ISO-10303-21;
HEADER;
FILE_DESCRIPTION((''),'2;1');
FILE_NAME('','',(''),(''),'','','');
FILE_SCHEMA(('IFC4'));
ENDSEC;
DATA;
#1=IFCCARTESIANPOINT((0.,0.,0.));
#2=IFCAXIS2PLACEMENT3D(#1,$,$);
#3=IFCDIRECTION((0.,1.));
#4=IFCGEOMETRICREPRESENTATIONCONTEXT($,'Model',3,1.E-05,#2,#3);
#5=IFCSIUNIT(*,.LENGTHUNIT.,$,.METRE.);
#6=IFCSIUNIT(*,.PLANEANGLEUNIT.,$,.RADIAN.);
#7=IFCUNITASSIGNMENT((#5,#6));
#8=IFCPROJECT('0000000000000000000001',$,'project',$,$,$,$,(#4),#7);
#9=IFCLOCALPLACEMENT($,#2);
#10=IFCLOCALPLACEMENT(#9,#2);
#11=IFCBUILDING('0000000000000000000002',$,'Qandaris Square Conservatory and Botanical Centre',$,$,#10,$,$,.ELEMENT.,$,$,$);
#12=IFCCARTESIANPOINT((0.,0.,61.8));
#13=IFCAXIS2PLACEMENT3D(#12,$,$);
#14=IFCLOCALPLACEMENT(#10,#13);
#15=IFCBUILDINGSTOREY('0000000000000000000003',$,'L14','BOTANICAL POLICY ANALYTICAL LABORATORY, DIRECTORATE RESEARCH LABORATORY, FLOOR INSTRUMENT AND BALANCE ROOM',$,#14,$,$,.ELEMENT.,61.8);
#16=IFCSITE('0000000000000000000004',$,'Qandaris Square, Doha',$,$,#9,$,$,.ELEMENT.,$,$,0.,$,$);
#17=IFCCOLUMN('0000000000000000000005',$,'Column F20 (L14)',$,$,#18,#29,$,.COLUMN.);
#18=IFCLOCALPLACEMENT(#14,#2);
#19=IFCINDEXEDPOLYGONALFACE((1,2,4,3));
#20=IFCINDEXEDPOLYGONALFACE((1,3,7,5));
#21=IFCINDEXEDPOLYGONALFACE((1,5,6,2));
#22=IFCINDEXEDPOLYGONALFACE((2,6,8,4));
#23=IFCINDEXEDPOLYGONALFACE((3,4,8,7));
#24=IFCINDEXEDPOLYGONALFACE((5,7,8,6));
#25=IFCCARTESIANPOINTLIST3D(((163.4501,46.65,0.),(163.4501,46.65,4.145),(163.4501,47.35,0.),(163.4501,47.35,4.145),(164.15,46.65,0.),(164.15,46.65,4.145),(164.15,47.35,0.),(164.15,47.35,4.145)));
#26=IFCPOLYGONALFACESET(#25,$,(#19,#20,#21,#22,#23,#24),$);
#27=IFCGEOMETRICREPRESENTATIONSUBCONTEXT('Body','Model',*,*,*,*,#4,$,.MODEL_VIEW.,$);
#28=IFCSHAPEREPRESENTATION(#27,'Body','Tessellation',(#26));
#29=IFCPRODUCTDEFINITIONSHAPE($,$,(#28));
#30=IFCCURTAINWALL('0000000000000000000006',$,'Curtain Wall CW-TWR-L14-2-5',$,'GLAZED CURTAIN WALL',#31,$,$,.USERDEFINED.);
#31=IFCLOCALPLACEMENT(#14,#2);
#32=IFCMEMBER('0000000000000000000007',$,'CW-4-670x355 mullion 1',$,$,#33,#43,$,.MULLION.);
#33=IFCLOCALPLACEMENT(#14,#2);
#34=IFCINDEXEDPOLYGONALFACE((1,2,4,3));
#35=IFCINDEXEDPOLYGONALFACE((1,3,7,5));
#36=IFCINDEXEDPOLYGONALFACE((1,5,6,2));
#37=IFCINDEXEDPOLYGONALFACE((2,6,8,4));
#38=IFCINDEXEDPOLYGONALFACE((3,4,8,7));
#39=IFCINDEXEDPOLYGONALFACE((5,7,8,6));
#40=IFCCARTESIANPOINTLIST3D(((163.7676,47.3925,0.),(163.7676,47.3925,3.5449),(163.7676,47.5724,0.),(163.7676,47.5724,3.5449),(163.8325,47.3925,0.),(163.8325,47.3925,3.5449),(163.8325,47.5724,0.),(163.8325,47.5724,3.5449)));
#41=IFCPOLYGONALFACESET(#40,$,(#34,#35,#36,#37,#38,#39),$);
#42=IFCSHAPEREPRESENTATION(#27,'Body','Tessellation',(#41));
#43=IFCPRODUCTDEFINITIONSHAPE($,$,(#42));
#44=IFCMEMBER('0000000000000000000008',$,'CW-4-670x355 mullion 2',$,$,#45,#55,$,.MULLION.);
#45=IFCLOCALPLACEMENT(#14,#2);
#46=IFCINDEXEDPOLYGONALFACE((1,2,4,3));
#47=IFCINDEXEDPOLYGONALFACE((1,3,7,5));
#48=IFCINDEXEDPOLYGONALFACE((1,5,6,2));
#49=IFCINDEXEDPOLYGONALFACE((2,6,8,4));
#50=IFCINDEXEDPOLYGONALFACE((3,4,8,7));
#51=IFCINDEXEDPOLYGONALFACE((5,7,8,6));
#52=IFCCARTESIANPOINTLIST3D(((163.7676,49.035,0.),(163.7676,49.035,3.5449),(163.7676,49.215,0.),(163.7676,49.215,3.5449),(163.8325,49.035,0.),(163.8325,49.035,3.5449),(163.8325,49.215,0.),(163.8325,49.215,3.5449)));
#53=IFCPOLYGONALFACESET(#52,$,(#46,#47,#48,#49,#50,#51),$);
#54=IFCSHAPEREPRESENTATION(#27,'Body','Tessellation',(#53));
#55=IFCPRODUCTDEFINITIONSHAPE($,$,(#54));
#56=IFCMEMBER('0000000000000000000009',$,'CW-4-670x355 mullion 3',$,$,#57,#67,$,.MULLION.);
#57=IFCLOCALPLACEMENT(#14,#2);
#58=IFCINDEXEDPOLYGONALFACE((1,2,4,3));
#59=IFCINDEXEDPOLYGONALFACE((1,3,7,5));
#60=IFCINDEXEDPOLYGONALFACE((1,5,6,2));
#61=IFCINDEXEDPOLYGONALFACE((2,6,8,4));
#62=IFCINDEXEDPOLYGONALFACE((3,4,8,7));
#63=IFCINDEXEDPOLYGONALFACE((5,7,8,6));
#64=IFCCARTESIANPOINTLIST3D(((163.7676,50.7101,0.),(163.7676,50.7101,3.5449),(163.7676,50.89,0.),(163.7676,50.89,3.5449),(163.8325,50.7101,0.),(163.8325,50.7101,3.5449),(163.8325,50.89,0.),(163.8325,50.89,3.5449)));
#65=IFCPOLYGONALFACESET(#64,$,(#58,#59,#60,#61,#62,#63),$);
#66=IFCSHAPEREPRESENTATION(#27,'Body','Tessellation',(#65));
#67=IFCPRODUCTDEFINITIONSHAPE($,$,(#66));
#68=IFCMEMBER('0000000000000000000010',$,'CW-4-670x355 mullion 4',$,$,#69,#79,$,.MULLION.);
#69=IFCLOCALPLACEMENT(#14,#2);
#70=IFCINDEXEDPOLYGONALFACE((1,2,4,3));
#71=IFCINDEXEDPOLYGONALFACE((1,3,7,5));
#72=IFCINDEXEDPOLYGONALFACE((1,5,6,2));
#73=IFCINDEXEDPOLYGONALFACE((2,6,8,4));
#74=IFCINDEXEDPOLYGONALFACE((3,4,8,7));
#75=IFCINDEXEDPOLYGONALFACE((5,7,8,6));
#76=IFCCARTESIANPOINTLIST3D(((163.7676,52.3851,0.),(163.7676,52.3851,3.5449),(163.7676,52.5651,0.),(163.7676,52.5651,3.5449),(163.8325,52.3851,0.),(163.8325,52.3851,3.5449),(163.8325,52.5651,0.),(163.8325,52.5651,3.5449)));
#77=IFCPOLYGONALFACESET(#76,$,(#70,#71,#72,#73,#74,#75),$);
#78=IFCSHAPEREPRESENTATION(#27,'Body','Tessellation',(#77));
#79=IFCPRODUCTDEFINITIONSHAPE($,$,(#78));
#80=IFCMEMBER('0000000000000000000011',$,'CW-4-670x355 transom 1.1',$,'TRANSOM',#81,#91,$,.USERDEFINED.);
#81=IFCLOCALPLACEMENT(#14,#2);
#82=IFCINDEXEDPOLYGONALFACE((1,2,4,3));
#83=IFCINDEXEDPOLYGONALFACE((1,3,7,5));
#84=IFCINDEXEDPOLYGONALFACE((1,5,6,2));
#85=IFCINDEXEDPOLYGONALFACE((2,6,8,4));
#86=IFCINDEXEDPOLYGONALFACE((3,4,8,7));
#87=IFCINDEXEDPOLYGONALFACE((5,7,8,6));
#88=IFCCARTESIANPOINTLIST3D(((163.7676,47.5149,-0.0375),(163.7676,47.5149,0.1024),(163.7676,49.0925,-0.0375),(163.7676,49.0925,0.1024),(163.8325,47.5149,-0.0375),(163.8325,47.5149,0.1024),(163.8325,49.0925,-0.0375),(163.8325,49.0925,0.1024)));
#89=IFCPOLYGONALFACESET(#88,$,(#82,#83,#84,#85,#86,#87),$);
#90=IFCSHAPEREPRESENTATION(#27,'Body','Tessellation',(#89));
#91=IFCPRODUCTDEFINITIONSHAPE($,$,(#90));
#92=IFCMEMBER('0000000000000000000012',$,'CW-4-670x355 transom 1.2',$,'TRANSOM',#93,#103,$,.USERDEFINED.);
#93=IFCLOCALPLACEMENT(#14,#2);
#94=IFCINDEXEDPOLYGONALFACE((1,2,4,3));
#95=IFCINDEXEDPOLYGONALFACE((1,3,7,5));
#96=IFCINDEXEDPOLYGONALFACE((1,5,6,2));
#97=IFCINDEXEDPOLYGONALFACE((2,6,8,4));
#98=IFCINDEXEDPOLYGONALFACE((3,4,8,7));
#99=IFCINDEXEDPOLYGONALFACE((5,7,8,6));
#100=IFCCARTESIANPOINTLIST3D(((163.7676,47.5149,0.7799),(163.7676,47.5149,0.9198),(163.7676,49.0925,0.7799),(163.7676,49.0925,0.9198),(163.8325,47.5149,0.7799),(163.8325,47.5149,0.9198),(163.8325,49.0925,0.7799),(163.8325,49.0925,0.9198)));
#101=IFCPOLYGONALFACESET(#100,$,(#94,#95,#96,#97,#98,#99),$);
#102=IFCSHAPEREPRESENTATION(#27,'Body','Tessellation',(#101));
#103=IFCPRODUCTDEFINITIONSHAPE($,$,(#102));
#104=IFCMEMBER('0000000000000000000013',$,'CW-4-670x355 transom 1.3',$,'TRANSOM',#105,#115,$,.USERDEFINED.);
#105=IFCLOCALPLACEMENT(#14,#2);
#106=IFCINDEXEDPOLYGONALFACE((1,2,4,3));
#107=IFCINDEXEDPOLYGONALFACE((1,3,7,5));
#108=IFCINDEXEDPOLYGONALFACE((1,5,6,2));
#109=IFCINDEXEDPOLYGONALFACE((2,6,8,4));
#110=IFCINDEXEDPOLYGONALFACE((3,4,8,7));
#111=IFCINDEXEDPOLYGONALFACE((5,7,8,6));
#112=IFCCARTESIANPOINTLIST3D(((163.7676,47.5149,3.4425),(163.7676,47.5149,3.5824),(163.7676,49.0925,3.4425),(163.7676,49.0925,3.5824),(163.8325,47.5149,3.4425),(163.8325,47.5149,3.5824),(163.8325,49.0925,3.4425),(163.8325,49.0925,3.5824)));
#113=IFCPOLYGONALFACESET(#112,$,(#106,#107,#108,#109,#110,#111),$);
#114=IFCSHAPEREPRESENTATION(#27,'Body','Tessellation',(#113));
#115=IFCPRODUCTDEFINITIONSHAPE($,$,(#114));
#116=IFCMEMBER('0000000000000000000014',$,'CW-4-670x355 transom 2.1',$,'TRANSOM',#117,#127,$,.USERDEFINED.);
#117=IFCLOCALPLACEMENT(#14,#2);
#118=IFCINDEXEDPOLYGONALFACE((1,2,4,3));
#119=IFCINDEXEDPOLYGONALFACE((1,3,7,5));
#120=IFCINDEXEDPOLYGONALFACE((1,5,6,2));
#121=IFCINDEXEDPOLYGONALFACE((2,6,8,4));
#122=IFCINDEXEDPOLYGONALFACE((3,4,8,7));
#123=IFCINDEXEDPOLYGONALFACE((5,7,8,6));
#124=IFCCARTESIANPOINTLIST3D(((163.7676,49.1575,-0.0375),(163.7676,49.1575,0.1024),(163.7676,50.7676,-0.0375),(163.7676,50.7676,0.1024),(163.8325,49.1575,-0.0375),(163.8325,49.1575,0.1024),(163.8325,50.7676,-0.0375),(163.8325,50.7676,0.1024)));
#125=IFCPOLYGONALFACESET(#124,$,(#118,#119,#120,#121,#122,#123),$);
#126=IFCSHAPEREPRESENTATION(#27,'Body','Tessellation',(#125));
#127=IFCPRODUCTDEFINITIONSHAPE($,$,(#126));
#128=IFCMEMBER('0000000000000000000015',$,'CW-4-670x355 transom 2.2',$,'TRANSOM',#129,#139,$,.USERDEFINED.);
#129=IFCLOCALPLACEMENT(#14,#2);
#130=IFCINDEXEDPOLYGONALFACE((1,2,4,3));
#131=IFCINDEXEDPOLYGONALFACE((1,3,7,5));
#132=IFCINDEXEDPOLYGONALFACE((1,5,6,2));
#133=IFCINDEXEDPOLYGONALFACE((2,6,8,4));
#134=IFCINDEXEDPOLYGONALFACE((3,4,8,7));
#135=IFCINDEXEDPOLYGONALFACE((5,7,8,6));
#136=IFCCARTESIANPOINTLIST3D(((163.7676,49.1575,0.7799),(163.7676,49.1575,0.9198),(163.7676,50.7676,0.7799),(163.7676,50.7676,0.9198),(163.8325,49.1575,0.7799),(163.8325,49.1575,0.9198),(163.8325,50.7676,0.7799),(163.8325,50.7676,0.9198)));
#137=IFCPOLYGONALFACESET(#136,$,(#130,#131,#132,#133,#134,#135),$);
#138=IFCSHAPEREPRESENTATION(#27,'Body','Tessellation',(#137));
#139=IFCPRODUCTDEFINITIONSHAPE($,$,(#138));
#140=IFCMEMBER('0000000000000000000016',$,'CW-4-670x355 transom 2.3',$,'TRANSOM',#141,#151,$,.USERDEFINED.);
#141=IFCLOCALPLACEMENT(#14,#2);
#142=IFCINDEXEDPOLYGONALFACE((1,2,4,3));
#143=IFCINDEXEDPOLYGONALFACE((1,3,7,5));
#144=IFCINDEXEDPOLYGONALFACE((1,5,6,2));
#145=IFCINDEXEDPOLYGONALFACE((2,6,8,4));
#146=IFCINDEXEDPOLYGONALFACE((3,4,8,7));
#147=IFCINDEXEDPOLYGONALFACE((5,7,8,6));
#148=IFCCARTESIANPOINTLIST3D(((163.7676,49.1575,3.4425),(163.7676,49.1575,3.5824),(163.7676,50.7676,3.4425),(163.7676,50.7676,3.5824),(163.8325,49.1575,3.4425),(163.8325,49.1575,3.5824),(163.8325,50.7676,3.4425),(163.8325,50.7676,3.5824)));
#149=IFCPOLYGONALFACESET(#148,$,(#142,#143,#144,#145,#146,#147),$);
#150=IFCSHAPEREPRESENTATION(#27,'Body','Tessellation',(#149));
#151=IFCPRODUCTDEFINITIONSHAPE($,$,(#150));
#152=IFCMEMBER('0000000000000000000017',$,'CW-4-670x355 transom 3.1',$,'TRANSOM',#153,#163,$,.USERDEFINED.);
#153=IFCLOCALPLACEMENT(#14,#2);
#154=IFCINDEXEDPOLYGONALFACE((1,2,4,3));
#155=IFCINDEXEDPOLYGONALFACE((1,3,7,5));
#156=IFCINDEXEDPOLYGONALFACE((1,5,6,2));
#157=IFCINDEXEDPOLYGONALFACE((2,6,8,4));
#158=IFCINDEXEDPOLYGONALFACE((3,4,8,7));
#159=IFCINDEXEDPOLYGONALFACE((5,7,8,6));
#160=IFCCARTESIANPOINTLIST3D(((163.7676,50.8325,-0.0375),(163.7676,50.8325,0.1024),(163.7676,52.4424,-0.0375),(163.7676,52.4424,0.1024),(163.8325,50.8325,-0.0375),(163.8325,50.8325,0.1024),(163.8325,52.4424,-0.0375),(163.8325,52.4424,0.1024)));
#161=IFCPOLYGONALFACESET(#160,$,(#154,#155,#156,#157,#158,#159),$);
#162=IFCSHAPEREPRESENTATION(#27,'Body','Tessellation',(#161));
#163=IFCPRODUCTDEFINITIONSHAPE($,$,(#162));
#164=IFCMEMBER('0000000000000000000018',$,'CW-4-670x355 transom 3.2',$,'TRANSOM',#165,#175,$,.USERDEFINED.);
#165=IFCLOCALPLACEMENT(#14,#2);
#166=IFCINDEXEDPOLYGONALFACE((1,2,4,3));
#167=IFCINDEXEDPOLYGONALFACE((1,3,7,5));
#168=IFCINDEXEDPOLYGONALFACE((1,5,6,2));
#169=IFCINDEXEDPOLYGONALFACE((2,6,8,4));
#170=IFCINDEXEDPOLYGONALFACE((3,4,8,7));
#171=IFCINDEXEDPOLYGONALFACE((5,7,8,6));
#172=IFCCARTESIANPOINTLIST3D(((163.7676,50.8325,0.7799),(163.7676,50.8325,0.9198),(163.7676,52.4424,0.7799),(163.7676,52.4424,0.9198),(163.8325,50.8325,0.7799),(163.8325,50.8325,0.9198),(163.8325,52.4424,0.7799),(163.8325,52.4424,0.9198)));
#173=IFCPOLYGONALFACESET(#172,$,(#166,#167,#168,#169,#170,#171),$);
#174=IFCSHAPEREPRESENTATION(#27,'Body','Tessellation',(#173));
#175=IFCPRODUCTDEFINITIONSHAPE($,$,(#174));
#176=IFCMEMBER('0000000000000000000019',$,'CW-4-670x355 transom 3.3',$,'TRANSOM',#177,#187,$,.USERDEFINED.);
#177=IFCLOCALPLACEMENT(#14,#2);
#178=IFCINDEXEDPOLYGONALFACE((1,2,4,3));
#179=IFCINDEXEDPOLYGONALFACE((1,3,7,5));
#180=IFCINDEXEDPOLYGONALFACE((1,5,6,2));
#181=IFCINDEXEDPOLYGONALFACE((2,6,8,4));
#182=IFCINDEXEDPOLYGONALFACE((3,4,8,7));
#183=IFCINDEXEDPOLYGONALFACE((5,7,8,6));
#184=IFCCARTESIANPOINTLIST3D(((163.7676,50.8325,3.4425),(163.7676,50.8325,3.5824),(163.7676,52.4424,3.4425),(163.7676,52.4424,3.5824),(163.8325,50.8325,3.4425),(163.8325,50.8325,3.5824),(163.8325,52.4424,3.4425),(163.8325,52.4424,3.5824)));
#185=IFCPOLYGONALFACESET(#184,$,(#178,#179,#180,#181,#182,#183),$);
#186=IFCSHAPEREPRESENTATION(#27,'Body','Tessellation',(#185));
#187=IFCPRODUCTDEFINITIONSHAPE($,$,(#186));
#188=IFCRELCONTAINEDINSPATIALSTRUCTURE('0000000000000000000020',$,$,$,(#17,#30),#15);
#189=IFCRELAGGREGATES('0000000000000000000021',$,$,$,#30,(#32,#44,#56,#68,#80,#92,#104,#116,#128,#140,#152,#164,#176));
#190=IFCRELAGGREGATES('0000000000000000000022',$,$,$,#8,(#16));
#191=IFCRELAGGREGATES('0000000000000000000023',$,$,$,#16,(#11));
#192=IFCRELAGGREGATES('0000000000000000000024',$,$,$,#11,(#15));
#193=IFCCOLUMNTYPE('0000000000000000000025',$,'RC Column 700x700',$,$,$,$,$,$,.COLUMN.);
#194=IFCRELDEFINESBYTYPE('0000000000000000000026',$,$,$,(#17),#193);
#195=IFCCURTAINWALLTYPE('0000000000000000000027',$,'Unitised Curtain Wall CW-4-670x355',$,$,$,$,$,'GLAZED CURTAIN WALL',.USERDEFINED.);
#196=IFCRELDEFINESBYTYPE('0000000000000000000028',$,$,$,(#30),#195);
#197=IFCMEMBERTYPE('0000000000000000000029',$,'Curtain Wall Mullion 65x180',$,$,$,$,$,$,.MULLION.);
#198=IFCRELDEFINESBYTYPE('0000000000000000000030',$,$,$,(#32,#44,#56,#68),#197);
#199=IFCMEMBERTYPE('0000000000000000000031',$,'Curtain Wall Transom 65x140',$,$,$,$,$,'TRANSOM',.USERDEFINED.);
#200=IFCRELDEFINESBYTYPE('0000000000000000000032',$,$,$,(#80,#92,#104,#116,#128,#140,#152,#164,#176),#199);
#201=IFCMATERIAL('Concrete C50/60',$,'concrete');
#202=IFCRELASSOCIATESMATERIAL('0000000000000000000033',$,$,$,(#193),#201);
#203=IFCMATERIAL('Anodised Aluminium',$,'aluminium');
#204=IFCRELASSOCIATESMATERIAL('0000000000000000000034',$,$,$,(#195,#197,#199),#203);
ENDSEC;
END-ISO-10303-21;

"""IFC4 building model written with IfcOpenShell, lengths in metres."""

from ifc_helpers import new_model, si_unit, direction, frame, origin, origin_2d, place, context, subcontext, project, spatial, rectangle, extrude, material, material_profile, profile_set, type_object, element, aggregate, save


model = new_model("IFC4")

# Units and contexts
model_context = context("Model", 3, precision=1e-05, world=origin(), true_north=direction((0.0, 1.0)))
body_context = subcontext(model_context, "Body", "Model", "MODEL_VIEW")
ifc_project = project(units=[si_unit("LENGTHUNIT", "METRE"), si_unit("PLANEANGLEUNIT", "RADIAN")], contexts=[model_context])

# Site, building, storey
site_placement = place(None, origin())
site = spatial("IfcSite", under=ifc_project, at=site_placement, Name="Qandaris Square, Doha", CompositionType="ELEMENT", RefElevation=0.0)
building_placement = place(site_placement, origin())
building = spatial("IfcBuilding", under=site, at=building_placement, Name="Qandaris Square Conservatory and Botanical Centre", CompositionType="ELEMENT")
storey_placement = place(building_placement, frame((0.0, 0.0, 61.8)))
storey = spatial("IfcBuildingStorey", under=building, at=storey_placement, Name="L14", Description="BOTANICAL POLICY ANALYTICAL LABORATORY, DIRECTORATE RESEARCH LABORATORY, FLOOR INSTRUMENT AND BALANCE ROOM", CompositionType="ELEMENT", Elevation=61.8)

# Column
ifc_material_1 = material(Name="Concrete C50/60", Category="concrete")
ifc_material_profile_1 = material_profile(ifc_material_1, rectangle(XDim=0.7, YDim=0.7, at=origin_2d()), Name="RC-COL 700x700")
ifc_profile_set_1 = profile_set([ifc_material_profile_1], Name="Concrete C50/60")
column_type = type_object("IfcColumnType", Name="RC Column 700x700", PredefinedType="COLUMN", material=ifc_profile_set_1)
column_placement = place(storey_placement, frame((163.8, 47.0, 0.0), z_axis=(0.0, 0.0, 1.0), x_axis=(1.0, 0.0, 0.0)))
element("IfcColumn", 1, at=column_placement, inside=storey, type_object=column_type, Name="Column F20 (L14)", PredefinedType="COLUMN", context=body_context, shape_type="SweptSolid", body=[
    extrude(rectangle(XDim=0.7, YDim=0.7, at=origin_2d()), origin(), (0.0, 0.0, 1.0), 4.145),
])

# Curtain wall, members
ifc_material_2 = material(Name="Anodised Aluminium", Category="aluminium")
curtain_wall_type = type_object("IfcCurtainWallType", Name="Unitised Curtain Wall CW-4-670x355", ElementType="GLAZED CURTAIN WALL", PredefinedType="USERDEFINED", material=ifc_material_2)
curtain_wall_placement = place(storey_placement, origin())
curtain_wall = element("IfcCurtainWall", 2, at=curtain_wall_placement, inside=storey, type_object=curtain_wall_type, Name="Curtain Wall CW-TWR-L14-2-5", ObjectType="GLAZED CURTAIN WALL", PredefinedType="USERDEFINED")
ifc_material_profile_2 = material_profile(ifc_material_2, rectangle(XDim=0.0649, YDim=0.1799, at=origin_2d()), Name="ALU-MUL 65x180")
ifc_profile_set_2 = profile_set([ifc_material_profile_2], Name="Anodised Aluminium")
member_type_1 = type_object("IfcMemberType", Name="Curtain Wall Mullion 65x180", PredefinedType="MULLION", material=ifc_profile_set_2)
member_1_placement = place(storey_placement, frame((163.8, 47.4824, 0.0), z_axis=(0.0, 0.0, 1.0), x_axis=(-1.0, 0.0, 0.0)))
member_1 = element("IfcMember", 3, at=member_1_placement, type_object=member_type_1, Name="CW-4-670x355 mullion 1", PredefinedType="MULLION", context=body_context, shape_type="SweptSolid", body=[
    extrude(rectangle(XDim=0.0649, YDim=0.1799, at=origin_2d()), origin(), (0.0, 0.0, 1.0), 3.5449),
])
member_2_placement = place(storey_placement, frame((163.8, 49.125, 0.0), z_axis=(0.0, 0.0, 1.0), x_axis=(-1.0, 0.0, 0.0)))
member_2 = element("IfcMember", 4, at=member_2_placement, type_object=member_type_1, Name="CW-4-670x355 mullion 2", PredefinedType="MULLION", context=body_context, shape_type="SweptSolid", body=[
    extrude(rectangle(XDim=0.0649, YDim=0.1799, at=origin_2d()), origin(), (0.0, 0.0, 1.0), 3.5449),
])
member_3_placement = place(storey_placement, frame((163.8, 50.8, 0.0), z_axis=(0.0, 0.0, 1.0), x_axis=(-1.0, 0.0, 0.0)))
member_3 = element("IfcMember", 5, at=member_3_placement, type_object=member_type_1, Name="CW-4-670x355 mullion 3", PredefinedType="MULLION", context=body_context, shape_type="SweptSolid", body=[
    extrude(rectangle(XDim=0.0649, YDim=0.1799, at=origin_2d()), origin(), (0.0, 0.0, 1.0), 3.5449),
])
member_4_placement = place(storey_placement, frame((163.8, 52.4751, 0.0), z_axis=(0.0, 0.0, 1.0), x_axis=(-1.0, 0.0, 0.0)))
member_4 = element("IfcMember", 6, at=member_4_placement, type_object=member_type_1, Name="CW-4-670x355 mullion 4", PredefinedType="MULLION", context=body_context, shape_type="SweptSolid", body=[
    extrude(rectangle(XDim=0.0649, YDim=0.1799, at=origin_2d()), origin(), (0.0, 0.0, 1.0), 3.5449),
])
ifc_material_profile_3 = material_profile(ifc_material_2, rectangle(XDim=0.0649, YDim=0.1399, at=origin_2d()), Name="ALU-TRN 65x140")
ifc_profile_set_3 = profile_set([ifc_material_profile_3], Name="Anodised Aluminium")
member_type_2 = type_object("IfcMemberType", Name="Curtain Wall Transom 65x140", ElementType="TRANSOM", PredefinedType="USERDEFINED", material=ifc_profile_set_3)
member_5_placement = place(storey_placement, frame((163.8, 47.5149, 0.0325), z_axis=(0.0, 1.0, 0.0), x_axis=(-1.0, 0.0, 0.0)))
member_5 = element("IfcMember", 7, at=member_5_placement, type_object=member_type_2, Name="CW-4-670x355 transom 1.1", ObjectType="TRANSOM", PredefinedType="USERDEFINED", context=body_context, shape_type="SweptSolid", body=[
    extrude(rectangle(XDim=0.0649, YDim=0.1399, at=origin_2d()), origin(), (0.0, 0.0, 1.0), 1.5776),
])
member_6_placement = place(storey_placement, frame((163.8, 47.5149, 0.8499), z_axis=(0.0, 1.0, 0.0), x_axis=(-1.0, 0.0, 0.0)))
member_6 = element("IfcMember", 8, at=member_6_placement, type_object=member_type_2, Name="CW-4-670x355 transom 1.2", ObjectType="TRANSOM", PredefinedType="USERDEFINED", context=body_context, shape_type="SweptSolid", body=[
    extrude(rectangle(XDim=0.0649, YDim=0.1399, at=origin_2d()), origin(), (0.0, 0.0, 1.0), 1.5776),
])
member_7_placement = place(storey_placement, frame((163.8, 47.5149, 3.5125), z_axis=(0.0, 1.0, 0.0), x_axis=(-1.0, 0.0, 0.0)))
member_7 = element("IfcMember", 9, at=member_7_placement, type_object=member_type_2, Name="CW-4-670x355 transom 1.3", ObjectType="TRANSOM", PredefinedType="USERDEFINED", context=body_context, shape_type="SweptSolid", body=[
    extrude(rectangle(XDim=0.0649, YDim=0.1399, at=origin_2d()), origin(), (0.0, 0.0, 1.0), 1.5776),
])
member_8_placement = place(storey_placement, frame((163.8, 49.1575, 0.0325), z_axis=(0.0, 1.0, 0.0), x_axis=(-1.0, 0.0, 0.0)))
member_8 = element("IfcMember", 10, at=member_8_placement, type_object=member_type_2, Name="CW-4-670x355 transom 2.1", ObjectType="TRANSOM", PredefinedType="USERDEFINED", context=body_context, shape_type="SweptSolid", body=[
    extrude(rectangle(XDim=0.0649, YDim=0.1399, at=origin_2d()), origin(), (0.0, 0.0, 1.0), 1.6101),
])
member_9_placement = place(storey_placement, frame((163.8, 49.1575, 0.8499), z_axis=(0.0, 1.0, 0.0), x_axis=(-1.0, 0.0, 0.0)))
member_9 = element("IfcMember", 11, at=member_9_placement, type_object=member_type_2, Name="CW-4-670x355 transom 2.2", ObjectType="TRANSOM", PredefinedType="USERDEFINED", context=body_context, shape_type="SweptSolid", body=[
    extrude(rectangle(XDim=0.0649, YDim=0.1399, at=origin_2d()), origin(), (0.0, 0.0, 1.0), 1.6101),
])
member_10_placement = place(storey_placement, frame((163.8, 49.1575, 3.5125), z_axis=(0.0, 1.0, 0.0), x_axis=(-1.0, 0.0, 0.0)))
member_10 = element("IfcMember", 12, at=member_10_placement, type_object=member_type_2, Name="CW-4-670x355 transom 2.3", ObjectType="TRANSOM", PredefinedType="USERDEFINED", context=body_context, shape_type="SweptSolid", body=[
    extrude(rectangle(XDim=0.0649, YDim=0.1399, at=origin_2d()), origin(), (0.0, 0.0, 1.0), 1.6101),
])
member_11_placement = place(storey_placement, frame((163.8, 50.8325, 0.0325), z_axis=(0.0, 1.0, 0.0), x_axis=(-1.0, 0.0, 0.0)))
member_11 = element("IfcMember", 13, at=member_11_placement, type_object=member_type_2, Name="CW-4-670x355 transom 3.1", ObjectType="TRANSOM", PredefinedType="USERDEFINED", context=body_context, shape_type="SweptSolid", body=[
    extrude(rectangle(XDim=0.0649, YDim=0.1399, at=origin_2d()), origin(), (0.0, 0.0, 1.0), 1.6099),
])
member_12_placement = place(storey_placement, frame((163.8, 50.8325, 0.8499), z_axis=(0.0, 1.0, 0.0), x_axis=(-1.0, 0.0, 0.0)))
member_12 = element("IfcMember", 14, at=member_12_placement, type_object=member_type_2, Name="CW-4-670x355 transom 3.2", ObjectType="TRANSOM", PredefinedType="USERDEFINED", context=body_context, shape_type="SweptSolid", body=[
    extrude(rectangle(XDim=0.0649, YDim=0.1399, at=origin_2d()), origin(), (0.0, 0.0, 1.0), 1.6099),
])
member_13_placement = place(storey_placement, frame((163.8, 50.8325, 3.5125), z_axis=(0.0, 1.0, 0.0), x_axis=(-1.0, 0.0, 0.0)))
member_13 = element("IfcMember", 15, at=member_13_placement, type_object=member_type_2, Name="CW-4-670x355 transom 3.3", ObjectType="TRANSOM", PredefinedType="USERDEFINED", context=body_context, shape_type="SweptSolid", body=[
    extrude(rectangle(XDim=0.0649, YDim=0.1399, at=origin_2d()), origin(), (0.0, 0.0, 1.0), 1.6099),
])

aggregate(curtain_wall, [member_1, member_2, member_3, member_4, member_5, member_6, member_7, member_8, member_9, member_10, member_11, member_12, member_13])

save(model, "model.ifc")
